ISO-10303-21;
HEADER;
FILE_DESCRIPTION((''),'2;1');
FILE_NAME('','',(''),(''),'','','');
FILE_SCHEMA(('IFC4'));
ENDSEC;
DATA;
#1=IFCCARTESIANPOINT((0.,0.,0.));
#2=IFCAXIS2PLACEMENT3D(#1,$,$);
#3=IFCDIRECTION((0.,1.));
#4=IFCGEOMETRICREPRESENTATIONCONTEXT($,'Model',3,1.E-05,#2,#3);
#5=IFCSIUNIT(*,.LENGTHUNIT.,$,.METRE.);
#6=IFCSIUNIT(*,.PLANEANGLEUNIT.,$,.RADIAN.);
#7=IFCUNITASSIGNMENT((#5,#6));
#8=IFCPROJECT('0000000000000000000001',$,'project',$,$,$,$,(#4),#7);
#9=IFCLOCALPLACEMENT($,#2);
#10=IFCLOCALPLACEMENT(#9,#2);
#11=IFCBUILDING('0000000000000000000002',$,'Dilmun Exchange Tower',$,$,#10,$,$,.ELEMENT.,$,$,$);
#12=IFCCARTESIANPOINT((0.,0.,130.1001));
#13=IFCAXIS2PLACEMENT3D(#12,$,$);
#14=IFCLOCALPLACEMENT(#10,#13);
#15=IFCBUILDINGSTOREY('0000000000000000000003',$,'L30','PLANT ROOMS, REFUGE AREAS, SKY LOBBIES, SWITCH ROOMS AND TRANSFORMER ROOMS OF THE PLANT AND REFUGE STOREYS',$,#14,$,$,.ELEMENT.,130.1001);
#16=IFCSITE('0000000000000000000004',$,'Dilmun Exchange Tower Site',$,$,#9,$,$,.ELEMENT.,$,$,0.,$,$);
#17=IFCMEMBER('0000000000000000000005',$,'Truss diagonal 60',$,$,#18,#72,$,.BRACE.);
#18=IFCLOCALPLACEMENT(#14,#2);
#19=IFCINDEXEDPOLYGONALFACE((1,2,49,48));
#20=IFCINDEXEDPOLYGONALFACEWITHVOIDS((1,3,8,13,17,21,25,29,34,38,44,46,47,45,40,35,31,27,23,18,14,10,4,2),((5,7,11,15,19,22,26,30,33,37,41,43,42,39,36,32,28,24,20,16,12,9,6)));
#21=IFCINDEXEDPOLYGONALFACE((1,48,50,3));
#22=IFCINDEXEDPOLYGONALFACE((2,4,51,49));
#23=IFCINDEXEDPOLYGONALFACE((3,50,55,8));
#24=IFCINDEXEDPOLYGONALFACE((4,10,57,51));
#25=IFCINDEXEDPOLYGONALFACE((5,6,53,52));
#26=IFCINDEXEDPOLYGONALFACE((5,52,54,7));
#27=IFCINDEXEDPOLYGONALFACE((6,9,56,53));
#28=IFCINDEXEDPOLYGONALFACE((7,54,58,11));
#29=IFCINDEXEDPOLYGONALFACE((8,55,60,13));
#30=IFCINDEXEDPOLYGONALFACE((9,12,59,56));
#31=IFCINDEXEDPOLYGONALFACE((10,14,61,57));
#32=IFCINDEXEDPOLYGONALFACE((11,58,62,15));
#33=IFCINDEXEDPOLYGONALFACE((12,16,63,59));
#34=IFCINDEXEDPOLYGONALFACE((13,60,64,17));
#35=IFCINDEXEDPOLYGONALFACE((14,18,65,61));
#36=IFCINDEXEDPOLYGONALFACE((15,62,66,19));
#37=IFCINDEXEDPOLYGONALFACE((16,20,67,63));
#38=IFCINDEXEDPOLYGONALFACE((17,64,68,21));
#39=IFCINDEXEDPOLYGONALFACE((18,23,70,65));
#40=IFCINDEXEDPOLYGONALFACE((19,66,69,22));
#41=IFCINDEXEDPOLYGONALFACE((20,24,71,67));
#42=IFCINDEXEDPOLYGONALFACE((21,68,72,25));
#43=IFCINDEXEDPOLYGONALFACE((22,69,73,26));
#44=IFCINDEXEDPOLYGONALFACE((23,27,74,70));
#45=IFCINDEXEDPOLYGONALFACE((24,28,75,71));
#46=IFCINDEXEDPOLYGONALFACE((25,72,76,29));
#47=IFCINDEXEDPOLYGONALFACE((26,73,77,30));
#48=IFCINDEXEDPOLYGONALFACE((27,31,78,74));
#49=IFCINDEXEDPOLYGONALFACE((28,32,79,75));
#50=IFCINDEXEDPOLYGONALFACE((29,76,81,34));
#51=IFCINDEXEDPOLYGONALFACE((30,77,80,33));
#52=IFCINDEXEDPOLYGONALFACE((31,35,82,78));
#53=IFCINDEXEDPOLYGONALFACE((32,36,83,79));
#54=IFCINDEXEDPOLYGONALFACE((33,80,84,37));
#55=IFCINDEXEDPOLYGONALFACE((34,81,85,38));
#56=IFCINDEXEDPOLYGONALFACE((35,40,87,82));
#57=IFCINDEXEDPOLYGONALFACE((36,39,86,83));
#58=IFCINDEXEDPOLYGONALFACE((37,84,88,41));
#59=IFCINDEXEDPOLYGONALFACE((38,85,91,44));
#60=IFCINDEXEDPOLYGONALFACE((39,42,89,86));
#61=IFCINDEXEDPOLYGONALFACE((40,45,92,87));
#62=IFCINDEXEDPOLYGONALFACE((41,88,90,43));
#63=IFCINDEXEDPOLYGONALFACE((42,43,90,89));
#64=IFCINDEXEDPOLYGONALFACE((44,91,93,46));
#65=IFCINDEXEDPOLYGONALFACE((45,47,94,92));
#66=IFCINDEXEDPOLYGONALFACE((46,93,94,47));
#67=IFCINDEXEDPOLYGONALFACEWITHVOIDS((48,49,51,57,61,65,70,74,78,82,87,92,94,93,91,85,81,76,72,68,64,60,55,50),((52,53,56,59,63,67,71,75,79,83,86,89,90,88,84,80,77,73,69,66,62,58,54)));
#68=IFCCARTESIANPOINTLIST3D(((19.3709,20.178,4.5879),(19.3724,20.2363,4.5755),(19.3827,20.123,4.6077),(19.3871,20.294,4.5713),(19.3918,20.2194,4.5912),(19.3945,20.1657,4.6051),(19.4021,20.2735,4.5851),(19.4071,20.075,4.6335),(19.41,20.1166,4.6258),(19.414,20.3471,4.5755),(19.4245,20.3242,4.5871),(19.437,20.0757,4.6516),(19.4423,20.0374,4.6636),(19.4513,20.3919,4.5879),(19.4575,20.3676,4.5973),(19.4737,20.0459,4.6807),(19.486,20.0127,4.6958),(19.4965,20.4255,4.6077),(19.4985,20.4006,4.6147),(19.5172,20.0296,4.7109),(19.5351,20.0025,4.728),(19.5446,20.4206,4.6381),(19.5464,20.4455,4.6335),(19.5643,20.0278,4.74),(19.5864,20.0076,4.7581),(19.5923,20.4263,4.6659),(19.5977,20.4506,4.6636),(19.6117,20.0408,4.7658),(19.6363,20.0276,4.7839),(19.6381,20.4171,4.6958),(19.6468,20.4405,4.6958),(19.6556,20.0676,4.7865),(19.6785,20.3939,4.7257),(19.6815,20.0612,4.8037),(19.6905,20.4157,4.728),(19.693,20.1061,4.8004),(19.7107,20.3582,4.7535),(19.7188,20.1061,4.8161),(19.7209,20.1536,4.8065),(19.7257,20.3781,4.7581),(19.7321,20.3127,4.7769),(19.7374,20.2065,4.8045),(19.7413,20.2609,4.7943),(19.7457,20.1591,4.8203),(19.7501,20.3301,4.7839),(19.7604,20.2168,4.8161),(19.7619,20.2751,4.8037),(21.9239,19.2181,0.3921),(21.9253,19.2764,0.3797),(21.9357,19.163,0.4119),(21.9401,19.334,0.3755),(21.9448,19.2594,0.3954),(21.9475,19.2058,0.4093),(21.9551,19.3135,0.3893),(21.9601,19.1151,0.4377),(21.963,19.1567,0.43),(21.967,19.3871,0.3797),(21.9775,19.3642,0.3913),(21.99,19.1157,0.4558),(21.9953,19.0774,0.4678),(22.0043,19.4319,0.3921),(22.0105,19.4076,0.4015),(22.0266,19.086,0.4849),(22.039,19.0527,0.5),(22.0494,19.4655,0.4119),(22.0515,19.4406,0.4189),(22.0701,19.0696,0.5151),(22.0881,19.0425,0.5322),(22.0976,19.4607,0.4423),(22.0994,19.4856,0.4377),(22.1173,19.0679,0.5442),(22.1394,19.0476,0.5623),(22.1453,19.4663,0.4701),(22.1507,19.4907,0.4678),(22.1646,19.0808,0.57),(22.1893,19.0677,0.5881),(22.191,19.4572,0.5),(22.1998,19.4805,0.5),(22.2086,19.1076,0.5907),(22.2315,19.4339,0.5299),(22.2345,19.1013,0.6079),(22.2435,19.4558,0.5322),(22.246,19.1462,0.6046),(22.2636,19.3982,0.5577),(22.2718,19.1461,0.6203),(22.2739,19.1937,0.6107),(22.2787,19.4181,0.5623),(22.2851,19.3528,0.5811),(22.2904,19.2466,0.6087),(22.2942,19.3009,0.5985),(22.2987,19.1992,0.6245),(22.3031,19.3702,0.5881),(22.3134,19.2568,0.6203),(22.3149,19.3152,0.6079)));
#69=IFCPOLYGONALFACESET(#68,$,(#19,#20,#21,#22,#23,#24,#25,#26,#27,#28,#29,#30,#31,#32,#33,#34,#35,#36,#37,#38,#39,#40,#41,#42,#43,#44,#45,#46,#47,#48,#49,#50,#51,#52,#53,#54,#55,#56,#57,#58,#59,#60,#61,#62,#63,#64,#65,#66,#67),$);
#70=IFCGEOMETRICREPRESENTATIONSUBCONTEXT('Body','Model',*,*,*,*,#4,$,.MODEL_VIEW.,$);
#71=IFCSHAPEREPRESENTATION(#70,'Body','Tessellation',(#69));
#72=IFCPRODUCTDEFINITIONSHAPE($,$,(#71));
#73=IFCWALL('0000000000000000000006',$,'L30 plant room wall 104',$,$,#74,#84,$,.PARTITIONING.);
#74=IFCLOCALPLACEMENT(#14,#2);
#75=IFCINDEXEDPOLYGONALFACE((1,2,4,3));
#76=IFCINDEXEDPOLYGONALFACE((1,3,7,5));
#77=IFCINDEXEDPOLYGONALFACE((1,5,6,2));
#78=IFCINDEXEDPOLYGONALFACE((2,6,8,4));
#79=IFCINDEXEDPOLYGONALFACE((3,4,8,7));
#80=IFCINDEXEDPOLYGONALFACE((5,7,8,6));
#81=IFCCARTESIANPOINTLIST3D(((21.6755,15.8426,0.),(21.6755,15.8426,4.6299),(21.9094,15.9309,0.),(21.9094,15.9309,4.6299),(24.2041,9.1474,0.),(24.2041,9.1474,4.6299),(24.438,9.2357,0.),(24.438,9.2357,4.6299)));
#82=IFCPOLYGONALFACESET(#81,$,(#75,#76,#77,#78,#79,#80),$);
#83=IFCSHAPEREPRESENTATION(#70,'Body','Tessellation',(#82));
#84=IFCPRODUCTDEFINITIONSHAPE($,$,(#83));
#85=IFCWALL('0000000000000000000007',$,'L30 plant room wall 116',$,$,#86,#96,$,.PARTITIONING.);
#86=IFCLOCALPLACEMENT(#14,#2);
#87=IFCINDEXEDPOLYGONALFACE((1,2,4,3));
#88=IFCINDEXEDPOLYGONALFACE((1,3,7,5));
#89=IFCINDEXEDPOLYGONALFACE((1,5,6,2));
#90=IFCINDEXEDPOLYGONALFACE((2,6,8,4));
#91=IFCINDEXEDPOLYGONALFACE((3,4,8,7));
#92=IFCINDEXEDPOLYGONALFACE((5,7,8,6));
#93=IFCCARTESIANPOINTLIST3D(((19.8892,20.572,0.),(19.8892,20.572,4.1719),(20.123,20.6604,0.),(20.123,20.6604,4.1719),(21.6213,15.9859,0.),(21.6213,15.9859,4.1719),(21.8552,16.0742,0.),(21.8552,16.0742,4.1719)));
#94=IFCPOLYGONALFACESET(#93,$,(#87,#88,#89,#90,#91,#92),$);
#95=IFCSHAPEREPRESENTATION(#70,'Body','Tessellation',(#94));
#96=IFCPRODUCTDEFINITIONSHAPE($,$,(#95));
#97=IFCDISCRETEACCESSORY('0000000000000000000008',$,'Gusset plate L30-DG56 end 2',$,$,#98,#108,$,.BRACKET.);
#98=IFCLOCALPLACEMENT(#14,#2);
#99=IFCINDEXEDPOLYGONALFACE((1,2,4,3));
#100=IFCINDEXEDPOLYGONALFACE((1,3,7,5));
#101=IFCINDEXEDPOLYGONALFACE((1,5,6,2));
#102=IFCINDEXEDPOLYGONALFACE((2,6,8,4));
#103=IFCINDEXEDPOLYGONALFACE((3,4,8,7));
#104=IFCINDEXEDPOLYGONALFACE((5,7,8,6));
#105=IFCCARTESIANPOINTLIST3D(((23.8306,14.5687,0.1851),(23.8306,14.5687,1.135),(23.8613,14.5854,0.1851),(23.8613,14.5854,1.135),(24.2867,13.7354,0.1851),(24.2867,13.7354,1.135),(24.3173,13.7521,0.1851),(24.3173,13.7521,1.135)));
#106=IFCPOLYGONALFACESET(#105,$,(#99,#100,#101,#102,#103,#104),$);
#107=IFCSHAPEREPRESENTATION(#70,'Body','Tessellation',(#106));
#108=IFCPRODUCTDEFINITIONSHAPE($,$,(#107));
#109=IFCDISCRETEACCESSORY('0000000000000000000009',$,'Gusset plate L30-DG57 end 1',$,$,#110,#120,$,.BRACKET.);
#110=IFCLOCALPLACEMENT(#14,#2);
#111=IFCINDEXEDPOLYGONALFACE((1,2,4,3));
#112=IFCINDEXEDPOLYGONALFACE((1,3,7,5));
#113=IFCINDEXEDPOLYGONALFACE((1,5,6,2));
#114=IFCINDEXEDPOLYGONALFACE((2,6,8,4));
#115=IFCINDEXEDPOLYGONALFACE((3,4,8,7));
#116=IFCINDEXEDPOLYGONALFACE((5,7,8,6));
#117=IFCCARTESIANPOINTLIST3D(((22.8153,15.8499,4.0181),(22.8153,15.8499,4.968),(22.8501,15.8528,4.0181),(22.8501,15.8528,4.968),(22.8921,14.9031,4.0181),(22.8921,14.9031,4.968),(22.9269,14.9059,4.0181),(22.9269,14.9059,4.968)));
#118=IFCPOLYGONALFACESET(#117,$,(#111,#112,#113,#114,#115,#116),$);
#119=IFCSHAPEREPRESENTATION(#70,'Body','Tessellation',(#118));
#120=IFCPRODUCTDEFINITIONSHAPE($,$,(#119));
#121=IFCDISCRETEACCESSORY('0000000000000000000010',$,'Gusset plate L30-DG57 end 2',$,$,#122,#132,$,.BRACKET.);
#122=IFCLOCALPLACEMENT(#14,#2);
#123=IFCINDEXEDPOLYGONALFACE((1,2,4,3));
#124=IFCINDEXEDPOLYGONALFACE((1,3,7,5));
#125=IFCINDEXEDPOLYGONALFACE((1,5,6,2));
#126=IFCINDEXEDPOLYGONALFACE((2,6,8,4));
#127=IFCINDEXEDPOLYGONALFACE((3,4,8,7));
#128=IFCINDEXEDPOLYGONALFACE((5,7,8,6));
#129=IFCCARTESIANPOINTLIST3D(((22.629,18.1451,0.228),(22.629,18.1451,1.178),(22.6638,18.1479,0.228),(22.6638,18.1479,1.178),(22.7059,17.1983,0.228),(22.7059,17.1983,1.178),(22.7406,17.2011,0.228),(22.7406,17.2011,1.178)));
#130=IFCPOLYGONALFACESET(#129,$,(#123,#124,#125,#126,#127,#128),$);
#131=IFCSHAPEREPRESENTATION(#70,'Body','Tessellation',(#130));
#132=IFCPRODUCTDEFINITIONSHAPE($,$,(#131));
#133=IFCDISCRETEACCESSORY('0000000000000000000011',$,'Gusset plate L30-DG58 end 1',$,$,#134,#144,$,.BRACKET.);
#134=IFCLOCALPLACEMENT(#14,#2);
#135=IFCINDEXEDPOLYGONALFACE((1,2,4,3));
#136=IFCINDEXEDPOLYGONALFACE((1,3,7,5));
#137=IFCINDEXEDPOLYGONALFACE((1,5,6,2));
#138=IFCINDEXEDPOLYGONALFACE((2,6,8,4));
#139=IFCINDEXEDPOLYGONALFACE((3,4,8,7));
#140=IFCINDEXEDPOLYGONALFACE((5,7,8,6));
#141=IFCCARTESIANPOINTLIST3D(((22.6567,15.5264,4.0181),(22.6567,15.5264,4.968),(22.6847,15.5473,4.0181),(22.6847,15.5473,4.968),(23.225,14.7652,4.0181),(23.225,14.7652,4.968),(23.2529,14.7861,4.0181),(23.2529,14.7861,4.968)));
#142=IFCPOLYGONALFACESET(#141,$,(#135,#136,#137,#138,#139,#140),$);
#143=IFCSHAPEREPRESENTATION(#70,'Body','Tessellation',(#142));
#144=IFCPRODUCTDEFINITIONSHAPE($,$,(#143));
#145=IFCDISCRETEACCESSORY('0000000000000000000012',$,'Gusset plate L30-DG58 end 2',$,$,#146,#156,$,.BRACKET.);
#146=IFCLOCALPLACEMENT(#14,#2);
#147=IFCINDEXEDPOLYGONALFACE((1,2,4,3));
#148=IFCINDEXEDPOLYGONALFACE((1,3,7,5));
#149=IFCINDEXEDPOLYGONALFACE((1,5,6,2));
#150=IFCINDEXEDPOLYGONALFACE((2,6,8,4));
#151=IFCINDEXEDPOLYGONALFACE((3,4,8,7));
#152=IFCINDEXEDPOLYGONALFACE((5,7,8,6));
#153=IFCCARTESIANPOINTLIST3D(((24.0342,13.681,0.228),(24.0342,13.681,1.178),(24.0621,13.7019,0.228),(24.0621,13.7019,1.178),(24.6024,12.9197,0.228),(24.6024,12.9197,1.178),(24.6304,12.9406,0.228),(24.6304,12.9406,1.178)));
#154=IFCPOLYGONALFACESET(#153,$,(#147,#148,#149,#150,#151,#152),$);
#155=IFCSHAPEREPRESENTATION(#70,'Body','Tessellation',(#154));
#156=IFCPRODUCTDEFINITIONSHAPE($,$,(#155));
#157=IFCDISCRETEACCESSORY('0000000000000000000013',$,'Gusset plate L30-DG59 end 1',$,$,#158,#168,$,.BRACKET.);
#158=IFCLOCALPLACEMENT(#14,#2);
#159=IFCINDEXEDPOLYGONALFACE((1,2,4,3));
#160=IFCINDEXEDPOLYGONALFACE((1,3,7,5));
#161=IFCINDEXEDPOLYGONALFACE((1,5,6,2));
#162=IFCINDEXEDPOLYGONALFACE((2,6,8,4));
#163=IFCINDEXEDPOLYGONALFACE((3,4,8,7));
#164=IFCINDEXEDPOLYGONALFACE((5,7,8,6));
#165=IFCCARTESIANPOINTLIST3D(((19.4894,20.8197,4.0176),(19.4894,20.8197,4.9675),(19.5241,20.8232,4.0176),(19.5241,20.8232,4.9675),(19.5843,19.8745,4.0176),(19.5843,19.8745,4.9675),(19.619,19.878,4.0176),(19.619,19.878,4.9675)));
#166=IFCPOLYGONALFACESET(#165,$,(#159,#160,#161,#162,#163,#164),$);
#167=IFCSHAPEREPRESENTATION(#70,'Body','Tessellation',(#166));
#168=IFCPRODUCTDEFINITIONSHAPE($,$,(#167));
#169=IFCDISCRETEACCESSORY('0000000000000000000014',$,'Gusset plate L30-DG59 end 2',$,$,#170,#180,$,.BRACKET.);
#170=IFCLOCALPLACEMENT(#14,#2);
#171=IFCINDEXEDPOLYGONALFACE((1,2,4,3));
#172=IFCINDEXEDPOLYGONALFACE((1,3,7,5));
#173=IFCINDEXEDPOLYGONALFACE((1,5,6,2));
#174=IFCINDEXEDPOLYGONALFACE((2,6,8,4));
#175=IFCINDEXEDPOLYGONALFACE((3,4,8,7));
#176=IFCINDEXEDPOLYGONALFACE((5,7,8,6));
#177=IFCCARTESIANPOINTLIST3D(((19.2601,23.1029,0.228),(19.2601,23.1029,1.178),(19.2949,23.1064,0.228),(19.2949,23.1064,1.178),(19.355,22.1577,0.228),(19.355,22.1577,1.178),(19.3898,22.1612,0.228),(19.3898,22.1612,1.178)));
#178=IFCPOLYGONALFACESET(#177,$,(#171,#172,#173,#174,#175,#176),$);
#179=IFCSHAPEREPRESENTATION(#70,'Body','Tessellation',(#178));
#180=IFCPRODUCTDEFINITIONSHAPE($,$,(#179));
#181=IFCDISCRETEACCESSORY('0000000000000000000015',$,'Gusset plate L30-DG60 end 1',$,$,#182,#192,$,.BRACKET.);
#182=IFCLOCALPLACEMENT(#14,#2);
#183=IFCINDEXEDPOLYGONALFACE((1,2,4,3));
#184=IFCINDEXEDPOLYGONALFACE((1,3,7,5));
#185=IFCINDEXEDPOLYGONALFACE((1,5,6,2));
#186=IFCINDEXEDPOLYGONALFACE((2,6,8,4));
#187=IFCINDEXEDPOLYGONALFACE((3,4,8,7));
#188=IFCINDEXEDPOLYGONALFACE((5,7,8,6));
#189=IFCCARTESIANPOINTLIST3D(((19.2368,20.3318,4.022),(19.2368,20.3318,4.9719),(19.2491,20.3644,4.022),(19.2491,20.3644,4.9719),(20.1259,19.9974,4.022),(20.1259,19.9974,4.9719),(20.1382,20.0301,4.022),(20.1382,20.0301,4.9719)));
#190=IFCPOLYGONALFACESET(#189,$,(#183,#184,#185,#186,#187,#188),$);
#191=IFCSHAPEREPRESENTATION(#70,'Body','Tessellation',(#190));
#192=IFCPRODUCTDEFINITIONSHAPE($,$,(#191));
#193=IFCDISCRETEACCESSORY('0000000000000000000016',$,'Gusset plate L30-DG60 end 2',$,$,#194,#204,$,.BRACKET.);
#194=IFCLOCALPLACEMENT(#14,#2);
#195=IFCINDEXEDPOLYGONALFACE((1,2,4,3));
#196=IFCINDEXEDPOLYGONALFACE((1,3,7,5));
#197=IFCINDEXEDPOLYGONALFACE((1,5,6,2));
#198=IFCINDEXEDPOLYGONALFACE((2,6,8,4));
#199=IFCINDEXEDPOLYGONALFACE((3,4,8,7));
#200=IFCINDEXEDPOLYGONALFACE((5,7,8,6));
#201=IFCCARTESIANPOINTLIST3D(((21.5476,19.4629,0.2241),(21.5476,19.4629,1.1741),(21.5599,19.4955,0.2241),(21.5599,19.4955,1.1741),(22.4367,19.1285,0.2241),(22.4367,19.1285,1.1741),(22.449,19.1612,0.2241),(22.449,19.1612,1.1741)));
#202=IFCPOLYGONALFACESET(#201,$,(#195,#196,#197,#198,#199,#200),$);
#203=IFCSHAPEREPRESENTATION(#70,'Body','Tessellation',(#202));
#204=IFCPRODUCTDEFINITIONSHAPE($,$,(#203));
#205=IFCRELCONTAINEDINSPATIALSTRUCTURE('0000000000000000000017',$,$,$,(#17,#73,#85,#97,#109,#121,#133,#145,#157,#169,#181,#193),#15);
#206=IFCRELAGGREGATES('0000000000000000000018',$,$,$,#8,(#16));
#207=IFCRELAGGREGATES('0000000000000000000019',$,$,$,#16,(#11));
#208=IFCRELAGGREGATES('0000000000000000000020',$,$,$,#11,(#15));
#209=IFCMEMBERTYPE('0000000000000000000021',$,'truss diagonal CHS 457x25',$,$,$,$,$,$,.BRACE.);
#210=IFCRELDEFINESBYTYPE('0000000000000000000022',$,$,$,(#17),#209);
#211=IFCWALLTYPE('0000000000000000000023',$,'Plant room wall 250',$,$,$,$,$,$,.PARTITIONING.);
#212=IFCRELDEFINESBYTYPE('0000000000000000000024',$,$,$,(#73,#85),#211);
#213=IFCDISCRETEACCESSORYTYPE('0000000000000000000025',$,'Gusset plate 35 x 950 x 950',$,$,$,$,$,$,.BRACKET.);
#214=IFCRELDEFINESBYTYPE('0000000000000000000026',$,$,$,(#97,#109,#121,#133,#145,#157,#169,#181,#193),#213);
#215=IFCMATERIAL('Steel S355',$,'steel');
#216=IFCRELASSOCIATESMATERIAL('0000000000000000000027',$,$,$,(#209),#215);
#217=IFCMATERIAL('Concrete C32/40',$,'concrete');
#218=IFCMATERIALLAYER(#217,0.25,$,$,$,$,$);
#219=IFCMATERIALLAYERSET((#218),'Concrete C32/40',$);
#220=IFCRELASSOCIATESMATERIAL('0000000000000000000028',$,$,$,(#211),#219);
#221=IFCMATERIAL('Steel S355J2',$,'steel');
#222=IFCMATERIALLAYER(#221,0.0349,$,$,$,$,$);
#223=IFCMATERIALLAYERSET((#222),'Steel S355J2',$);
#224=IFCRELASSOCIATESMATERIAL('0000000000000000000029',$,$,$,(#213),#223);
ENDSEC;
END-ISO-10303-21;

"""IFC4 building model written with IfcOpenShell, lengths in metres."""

from ifc_helpers import new_model, si_unit, direction, frame, frame_2d, origin, origin_2d, place, context, subcontext, project, spatial, rectangle, hollow_circle, extrude, material, layer, layer_set, material_profile, profile_set, type_object, element, save


model = new_model("IFC4")

# Units and contexts
model_context = context("Model", 3, precision=1e-05, world=origin(), true_north=direction((0.0, 1.0)))
body_context = subcontext(model_context, "Body", "Model", "MODEL_VIEW")
ifc_project = project(units=[si_unit("LENGTHUNIT", "METRE"), si_unit("PLANEANGLEUNIT", "RADIAN")], contexts=[model_context])

# Site, building, storey
site_placement = place(None, origin())
site = spatial("IfcSite", under=ifc_project, at=site_placement, Name="Dilmun Exchange Tower Site", CompositionType="ELEMENT", RefElevation=0.0)
building_placement = place(site_placement, origin())
building = spatial("IfcBuilding", under=site, at=building_placement, Name="Dilmun Exchange Tower", CompositionType="ELEMENT")
storey_placement = place(building_placement, frame((0.0, 0.0, 130.1001)))
storey = spatial("IfcBuildingStorey", under=building, at=storey_placement, Name="L30", Description="PLANT ROOMS, REFUGE AREAS, SKY LOBBIES, SWITCH ROOMS AND TRANSFORMER ROOMS OF THE PLANT AND REFUGE STOREYS", CompositionType="ELEMENT", Elevation=130.1001)

# Shared definitions
ifc_material_1 = material(Name="Steel S355", Category="steel")

# Member
ifc_material_profile_1 = material_profile(ifc_material_1, hollow_circle(Radius=0.2285, WallThickness=0.0249, at=origin_2d()), Name="CHS 457x25")
ifc_profile_set_1 = profile_set([ifc_material_profile_1], Name="Steel S355")
member_type = type_object("IfcMemberType", Name="truss diagonal CHS 457x25", PredefinedType="BRACE", material=ifc_profile_set_1)
member_1_placement = place(storey_placement, frame((19.5664, 20.2266, 4.6958), z_axis=(0.510147, -0.191824, -0.838423), x_axis=(0.351957, 0.936016, 0.0)))
element("IfcMember", 1, at=member_1_placement, inside=storey, type_object=member_type, Name="Truss diagonal 60", PredefinedType="BRACE", context=body_context, shape_type="SweptSolid", body=[
    extrude(hollow_circle(Radius=0.2285, WallThickness=0.0249, at=origin_2d()), origin(), (0.0, 0.0, 1.0), 5.0044),
])

# Walls
ifc_material_2 = material(Name="Concrete C32/40", Category="concrete")
ifc_layer_1 = layer(ifc_material_2, 0.25)
ifc_layer_set_1 = layer_set([ifc_layer_1], Name="Concrete C32/40")
wall_type = type_object("IfcWallType", Name="Plant room wall 250", PredefinedType="PARTITIONING", material=ifc_layer_set_1)
wall_1_placement = place(storey_placement, frame((21.7925, 15.8867, 0.0), z_axis=(0.0, 0.0, 1.0), x_axis=(0.353317, -0.935504, 0.0)))
element("IfcWall", 2, at=wall_1_placement, inside=storey, type_object=wall_type, Name="L30 plant room wall 104", PredefinedType="PARTITIONING", context=body_context, shape_type="SweptSolid", body=[
    extrude(rectangle(XDim=7.1567, YDim=0.25, at=frame_2d((3.5784, 0.0))), origin(), (0.0, 0.0, 1.0), 4.6299),
])
wall_2_placement = place(storey_placement, frame((20.0061, 20.6162, 0.0), z_axis=(0.0, 0.0, 1.0), x_axis=(0.353333, -0.935498, 0.0)))
element("IfcWall", 3, at=wall_2_placement, inside=storey, type_object=wall_type, Name="L30 plant room wall 116", PredefinedType="PARTITIONING", context=body_context, shape_type="SweptSolid", body=[
    extrude(rectangle(XDim=4.9023, YDim=0.25, at=frame_2d((2.4512, 0.0))), origin(), (0.0, 0.0, 1.0), 4.1719),
])

# Discrete accessories
ifc_material_3 = material(Name="Steel S355J2", Category="steel")
ifc_layer_2 = layer(ifc_material_3, 0.0349)
ifc_layer_set_2 = layer_set([ifc_layer_2], Name="Steel S355J2")
discrete_accessory_type = type_object("IfcDiscreteAccessoryType", Name="Gusset plate 35 x 950 x 950", PredefinedType="BRACKET", material=ifc_layer_set_2)
for number, where, z_axis, x_axis, name in (
    (4, (24.074, 14.1604, 0.1851), (0.0, 0.0, 1.0), (-0.480075, 0.877227, 0.0), "Gusset plate L30-DG56 end 2"),
    (5, (22.8711, 15.3779, 4.0181), (0.0, 0.0, 1.0), (-0.080923, 0.99672, 0.0), "Gusset plate L30-DG57 end 1"),
    (6, (22.6848, 17.6731, 0.228), (0.0, 0.0, 1.0), (-0.080923, 0.99672, 0.0), "Gusset plate L30-DG57 end 2"),
    (7, (22.9548, 15.1562, 4.0181), (0.0, 0.0, 1.0), (0.598178, -0.801363, 0.0), "Gusset plate L30-DG58 end 1"),
    (8, (24.3323, 13.3108, 0.228), (0.0, 0.0, 1.0), (0.598178, -0.801363, 0.0), "Gusset plate L30-DG58 end 2"),
    (9, (19.5542, 20.3489, 4.0176), (0.0, 0.0, 1.0), (-0.099929, 0.994995, 0.0), "Gusset plate L30-DG59 end 1"),
    (10, (19.325, 22.6321, 0.228), (0.0, 0.0, 1.0), (-0.099929, 0.994995, 0.0), "Gusset plate L30-DG59 end 2"),
    (11, (19.6875, 20.1809, 4.022), (0.0, 0.0, 1.0), (0.936003, -0.351992, 0.0), "Gusset plate L30-DG60 end 1"),
    (12, (21.9983, 19.312, 0.2241), (0.0, 0.0, 1.0), (0.936003, -0.351992, 0.0), "Gusset plate L30-DG60 end 2"),
):
    element("IfcDiscreteAccessory", number, at=place(storey_placement, frame(where, z_axis=z_axis, x_axis=x_axis)), inside=storey, type_object=discrete_accessory_type, Name=name, PredefinedType="BRACKET", context=body_context, shape_type="SweptSolid", body=[
        extrude(rectangle(XDim=0.95, YDim=0.0349, at=origin_2d()), origin(), (0.0, 0.0, 1.0), 0.95),
    ])

save(model, "model.ifc")
